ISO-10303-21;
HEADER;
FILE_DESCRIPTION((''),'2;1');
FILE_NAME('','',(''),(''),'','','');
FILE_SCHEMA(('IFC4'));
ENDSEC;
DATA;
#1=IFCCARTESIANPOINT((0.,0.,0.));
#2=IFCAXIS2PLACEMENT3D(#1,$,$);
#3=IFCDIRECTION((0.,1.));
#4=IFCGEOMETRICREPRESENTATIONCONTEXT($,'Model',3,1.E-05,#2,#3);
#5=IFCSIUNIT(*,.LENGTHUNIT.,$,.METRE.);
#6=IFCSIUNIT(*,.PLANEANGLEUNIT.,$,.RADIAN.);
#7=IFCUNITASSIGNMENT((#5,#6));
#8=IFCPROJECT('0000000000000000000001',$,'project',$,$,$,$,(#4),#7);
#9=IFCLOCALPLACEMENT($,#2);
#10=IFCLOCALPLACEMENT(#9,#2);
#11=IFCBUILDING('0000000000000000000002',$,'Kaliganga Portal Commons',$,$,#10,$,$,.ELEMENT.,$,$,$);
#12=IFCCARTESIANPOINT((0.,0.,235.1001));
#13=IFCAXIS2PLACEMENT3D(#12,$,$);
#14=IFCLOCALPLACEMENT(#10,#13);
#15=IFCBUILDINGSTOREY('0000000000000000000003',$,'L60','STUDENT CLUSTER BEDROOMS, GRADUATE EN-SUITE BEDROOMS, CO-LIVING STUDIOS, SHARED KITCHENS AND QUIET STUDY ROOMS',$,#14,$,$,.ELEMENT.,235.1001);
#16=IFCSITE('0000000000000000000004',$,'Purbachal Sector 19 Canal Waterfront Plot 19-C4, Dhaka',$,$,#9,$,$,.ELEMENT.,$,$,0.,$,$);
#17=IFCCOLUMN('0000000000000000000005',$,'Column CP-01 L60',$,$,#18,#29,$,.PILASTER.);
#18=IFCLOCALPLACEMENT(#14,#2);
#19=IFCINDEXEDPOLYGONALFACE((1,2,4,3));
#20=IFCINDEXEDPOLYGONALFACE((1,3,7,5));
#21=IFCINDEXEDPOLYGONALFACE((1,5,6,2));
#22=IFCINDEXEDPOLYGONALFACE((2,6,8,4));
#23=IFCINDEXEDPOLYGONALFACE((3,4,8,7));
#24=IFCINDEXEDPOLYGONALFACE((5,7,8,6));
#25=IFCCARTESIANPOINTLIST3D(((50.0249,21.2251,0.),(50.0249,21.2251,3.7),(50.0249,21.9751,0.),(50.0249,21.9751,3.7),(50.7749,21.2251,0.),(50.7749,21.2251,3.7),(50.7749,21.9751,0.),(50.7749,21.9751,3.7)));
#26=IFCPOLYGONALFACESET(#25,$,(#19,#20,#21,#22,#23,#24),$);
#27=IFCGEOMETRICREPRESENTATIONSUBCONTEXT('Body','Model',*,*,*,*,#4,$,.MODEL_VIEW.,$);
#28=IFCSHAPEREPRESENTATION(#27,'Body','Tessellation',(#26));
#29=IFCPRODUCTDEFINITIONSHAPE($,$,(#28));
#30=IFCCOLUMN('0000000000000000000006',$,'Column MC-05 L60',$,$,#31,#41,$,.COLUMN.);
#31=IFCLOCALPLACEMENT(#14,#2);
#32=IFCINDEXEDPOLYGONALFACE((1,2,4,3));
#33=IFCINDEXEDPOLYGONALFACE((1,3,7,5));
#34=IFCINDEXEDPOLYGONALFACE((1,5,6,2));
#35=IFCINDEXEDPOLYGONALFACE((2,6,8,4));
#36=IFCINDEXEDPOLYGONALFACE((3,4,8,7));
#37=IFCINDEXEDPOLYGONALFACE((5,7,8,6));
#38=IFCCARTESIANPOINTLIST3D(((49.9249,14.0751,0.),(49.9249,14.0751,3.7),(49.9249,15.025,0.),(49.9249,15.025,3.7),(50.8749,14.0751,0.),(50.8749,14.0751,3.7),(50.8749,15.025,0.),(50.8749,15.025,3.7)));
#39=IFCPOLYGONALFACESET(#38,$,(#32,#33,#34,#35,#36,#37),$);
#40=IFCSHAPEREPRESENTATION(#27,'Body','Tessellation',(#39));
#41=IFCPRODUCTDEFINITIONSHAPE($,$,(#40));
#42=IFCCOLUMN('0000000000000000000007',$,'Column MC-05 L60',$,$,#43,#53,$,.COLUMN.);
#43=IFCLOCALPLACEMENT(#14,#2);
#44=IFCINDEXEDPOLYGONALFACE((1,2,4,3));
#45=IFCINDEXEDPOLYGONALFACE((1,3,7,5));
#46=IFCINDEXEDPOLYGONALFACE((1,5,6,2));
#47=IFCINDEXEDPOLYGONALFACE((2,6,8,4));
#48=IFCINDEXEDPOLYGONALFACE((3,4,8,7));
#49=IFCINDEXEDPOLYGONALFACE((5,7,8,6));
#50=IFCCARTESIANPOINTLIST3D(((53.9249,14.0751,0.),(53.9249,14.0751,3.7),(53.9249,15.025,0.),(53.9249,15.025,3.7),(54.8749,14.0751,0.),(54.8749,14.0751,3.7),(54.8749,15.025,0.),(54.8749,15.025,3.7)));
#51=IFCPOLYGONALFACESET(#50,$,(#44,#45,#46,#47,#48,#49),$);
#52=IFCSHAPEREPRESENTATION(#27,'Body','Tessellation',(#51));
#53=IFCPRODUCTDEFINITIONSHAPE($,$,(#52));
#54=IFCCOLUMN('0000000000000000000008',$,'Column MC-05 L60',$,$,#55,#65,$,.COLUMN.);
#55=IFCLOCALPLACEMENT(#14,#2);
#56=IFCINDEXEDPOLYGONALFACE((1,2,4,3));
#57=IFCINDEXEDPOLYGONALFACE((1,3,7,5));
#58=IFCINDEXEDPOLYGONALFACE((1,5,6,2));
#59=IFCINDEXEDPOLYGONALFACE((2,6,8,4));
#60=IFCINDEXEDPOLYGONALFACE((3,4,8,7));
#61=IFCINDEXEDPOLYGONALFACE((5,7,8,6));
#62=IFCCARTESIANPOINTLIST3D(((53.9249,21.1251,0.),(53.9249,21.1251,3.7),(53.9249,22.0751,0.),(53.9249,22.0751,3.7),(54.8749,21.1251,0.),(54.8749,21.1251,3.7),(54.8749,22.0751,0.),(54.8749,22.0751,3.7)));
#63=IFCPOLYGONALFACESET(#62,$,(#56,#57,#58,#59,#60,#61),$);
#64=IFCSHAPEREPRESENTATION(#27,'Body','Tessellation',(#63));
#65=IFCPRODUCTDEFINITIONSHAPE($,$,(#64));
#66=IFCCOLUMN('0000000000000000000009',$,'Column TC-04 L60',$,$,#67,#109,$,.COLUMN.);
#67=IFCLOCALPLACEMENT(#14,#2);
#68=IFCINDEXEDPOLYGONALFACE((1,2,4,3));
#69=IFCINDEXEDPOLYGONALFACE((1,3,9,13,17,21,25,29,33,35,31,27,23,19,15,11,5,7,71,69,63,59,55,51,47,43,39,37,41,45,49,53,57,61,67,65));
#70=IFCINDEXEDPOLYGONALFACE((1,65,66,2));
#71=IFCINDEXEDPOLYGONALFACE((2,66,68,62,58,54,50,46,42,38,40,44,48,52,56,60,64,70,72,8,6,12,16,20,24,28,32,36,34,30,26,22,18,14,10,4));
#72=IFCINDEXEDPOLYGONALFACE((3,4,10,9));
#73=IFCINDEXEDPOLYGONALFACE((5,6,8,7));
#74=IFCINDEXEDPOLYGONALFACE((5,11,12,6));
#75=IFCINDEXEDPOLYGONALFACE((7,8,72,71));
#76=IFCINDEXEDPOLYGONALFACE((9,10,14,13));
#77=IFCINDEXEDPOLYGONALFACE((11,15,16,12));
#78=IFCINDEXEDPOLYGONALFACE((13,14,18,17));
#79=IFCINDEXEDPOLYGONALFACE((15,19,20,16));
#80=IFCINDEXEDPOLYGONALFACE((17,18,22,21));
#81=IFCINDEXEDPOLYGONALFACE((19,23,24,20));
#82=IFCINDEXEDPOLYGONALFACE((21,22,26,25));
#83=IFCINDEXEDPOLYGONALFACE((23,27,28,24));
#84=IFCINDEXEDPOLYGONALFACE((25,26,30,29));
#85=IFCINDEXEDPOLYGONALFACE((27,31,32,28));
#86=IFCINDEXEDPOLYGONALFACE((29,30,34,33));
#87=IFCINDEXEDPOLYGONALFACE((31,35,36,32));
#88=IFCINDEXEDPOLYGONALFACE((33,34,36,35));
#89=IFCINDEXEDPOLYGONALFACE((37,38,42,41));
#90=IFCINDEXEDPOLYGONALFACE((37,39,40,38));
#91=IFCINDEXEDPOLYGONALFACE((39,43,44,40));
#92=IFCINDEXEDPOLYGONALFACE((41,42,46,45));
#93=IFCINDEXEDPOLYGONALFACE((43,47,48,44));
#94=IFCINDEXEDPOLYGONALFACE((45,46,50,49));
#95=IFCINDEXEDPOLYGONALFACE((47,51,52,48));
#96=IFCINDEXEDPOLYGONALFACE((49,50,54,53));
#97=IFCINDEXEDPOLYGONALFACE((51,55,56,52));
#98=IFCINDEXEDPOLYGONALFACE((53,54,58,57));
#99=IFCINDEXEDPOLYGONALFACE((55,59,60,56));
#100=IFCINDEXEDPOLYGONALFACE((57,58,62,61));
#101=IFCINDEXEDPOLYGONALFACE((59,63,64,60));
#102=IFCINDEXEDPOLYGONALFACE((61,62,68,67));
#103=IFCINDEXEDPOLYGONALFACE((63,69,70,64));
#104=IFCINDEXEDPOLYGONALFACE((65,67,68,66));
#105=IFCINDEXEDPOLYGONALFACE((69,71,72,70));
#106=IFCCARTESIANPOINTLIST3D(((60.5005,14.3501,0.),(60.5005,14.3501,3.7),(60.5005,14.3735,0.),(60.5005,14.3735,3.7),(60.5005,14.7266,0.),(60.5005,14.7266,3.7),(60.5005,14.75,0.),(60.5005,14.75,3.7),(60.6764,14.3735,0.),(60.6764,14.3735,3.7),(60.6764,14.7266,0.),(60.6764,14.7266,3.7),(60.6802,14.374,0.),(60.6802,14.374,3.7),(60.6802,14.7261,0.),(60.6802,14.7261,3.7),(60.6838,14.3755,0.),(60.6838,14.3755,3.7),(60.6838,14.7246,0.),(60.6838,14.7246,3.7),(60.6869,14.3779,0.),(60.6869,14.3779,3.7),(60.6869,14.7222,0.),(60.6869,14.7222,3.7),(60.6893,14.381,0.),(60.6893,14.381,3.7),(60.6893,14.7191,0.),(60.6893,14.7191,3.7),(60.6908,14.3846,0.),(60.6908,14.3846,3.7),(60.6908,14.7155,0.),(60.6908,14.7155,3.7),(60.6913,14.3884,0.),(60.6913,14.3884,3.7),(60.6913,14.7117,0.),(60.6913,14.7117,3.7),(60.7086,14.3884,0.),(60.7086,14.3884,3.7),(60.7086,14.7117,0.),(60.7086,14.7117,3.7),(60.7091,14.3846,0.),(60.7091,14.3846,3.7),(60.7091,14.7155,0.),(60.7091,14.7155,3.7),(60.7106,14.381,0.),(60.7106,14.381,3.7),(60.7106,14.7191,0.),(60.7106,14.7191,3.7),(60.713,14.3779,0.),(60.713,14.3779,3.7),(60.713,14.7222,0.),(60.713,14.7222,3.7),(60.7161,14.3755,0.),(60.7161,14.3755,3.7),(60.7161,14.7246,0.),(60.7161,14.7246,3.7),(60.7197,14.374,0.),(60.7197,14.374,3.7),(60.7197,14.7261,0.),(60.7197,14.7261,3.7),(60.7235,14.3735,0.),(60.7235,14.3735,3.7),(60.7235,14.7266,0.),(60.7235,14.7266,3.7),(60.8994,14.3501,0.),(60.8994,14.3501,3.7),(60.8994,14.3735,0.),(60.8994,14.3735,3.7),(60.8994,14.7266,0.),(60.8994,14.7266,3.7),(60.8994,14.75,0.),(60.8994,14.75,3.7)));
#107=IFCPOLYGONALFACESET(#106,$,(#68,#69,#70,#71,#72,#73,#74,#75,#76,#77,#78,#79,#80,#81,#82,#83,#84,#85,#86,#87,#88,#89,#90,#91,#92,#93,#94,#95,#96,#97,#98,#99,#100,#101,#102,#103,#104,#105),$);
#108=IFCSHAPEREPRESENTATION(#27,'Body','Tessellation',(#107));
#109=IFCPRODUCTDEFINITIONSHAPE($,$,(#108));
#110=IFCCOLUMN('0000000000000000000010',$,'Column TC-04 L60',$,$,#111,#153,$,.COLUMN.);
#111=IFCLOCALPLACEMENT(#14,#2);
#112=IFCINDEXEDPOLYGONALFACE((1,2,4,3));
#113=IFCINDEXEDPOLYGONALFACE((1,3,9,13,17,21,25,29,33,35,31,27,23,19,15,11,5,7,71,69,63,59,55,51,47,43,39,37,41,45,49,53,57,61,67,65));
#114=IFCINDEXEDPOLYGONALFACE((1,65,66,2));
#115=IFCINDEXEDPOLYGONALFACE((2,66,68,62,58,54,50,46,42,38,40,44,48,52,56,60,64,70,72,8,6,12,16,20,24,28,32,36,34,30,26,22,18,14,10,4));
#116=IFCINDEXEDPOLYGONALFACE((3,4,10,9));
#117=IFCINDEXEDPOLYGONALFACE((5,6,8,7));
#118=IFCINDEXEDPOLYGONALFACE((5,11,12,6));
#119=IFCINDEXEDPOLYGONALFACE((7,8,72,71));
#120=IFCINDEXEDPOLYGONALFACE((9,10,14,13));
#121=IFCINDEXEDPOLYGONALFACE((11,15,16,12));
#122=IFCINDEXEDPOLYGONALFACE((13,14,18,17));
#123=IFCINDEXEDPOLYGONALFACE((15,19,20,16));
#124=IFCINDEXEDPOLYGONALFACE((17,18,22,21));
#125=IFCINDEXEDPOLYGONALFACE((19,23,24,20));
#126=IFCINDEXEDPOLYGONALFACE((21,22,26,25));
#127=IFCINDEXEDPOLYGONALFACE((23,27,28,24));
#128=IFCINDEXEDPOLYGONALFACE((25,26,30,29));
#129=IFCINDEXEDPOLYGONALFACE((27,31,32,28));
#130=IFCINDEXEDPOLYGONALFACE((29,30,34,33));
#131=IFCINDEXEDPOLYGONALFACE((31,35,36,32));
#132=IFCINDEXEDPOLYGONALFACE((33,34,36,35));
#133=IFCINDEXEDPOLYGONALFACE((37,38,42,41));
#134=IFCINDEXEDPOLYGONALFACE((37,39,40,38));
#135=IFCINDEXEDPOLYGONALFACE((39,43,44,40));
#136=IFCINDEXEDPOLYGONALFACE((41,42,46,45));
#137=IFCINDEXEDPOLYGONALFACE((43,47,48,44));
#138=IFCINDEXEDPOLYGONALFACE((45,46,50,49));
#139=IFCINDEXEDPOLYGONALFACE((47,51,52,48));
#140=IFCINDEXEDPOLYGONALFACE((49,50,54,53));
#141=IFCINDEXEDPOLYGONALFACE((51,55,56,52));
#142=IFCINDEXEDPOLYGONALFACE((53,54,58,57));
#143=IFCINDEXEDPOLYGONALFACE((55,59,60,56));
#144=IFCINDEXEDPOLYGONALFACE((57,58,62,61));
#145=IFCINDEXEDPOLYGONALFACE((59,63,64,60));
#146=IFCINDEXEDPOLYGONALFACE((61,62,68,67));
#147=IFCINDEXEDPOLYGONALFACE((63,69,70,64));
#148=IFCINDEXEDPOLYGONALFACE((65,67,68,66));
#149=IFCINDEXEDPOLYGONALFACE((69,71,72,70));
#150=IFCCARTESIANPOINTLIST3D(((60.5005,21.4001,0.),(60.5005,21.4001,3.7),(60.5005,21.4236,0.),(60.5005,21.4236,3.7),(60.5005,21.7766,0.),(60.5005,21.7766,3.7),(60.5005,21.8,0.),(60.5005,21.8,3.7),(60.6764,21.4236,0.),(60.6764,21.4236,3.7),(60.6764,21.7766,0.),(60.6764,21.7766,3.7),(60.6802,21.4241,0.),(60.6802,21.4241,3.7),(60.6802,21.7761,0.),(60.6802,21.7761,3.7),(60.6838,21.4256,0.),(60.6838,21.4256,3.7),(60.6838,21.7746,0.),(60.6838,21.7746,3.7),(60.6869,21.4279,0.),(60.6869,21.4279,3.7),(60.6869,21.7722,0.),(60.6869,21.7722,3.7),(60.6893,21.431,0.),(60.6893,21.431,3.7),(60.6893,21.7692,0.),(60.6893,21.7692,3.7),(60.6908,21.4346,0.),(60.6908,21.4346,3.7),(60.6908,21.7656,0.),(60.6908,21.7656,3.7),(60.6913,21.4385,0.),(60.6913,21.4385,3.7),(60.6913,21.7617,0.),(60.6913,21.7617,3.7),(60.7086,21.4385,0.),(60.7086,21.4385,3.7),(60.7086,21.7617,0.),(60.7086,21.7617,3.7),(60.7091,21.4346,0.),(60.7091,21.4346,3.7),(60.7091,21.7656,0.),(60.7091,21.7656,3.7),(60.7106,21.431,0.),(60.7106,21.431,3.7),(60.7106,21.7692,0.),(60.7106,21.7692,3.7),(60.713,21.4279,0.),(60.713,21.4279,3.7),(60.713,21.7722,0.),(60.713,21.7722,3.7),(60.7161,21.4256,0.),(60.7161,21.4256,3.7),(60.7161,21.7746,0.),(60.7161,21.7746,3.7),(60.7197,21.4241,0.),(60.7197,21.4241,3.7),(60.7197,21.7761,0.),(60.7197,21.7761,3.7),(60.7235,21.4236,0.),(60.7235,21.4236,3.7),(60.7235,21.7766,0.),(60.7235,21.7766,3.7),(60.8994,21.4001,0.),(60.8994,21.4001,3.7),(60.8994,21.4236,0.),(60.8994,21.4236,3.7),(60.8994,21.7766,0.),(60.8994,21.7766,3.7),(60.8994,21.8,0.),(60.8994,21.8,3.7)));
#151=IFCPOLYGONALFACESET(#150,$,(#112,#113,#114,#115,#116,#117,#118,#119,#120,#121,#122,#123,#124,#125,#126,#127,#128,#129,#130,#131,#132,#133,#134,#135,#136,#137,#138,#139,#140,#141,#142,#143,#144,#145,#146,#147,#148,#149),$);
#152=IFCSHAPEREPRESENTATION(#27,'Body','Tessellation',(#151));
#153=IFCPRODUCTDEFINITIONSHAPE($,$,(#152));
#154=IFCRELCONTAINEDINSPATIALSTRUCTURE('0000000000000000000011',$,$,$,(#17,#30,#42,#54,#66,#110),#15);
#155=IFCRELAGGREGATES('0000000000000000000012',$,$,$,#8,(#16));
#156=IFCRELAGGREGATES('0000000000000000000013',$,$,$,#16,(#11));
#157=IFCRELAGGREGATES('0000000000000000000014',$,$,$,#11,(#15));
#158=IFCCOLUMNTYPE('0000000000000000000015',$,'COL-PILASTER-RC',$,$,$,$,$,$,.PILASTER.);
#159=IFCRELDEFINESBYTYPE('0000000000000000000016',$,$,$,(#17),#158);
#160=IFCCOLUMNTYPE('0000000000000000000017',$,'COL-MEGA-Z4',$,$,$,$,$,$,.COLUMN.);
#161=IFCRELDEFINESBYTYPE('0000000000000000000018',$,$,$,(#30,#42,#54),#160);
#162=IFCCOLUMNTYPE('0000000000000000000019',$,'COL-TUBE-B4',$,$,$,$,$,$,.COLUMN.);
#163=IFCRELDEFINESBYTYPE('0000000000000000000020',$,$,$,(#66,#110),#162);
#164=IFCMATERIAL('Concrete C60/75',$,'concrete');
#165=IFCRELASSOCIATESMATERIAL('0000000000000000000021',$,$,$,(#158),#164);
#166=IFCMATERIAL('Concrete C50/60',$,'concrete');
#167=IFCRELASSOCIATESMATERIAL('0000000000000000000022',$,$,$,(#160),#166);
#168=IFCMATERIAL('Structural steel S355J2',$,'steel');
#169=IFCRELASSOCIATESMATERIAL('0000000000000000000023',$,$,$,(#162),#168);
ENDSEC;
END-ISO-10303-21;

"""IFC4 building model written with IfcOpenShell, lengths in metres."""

from ifc_helpers import new_model, si_unit, direction, frame, origin, origin_2d, place, context, subcontext, project, spatial, rectangle, i_section, extrude, source, transform, mapped, material, material_profile, profile_set, type_object, element, save


model = new_model("IFC4")

# Units and contexts
model_context = context("Model", 3, precision=1e-05, world=origin(), true_north=direction((0.0, 1.0)))
body_context = subcontext(model_context, "Body", "Model", "MODEL_VIEW")
ifc_project = project(units=[si_unit("LENGTHUNIT", "METRE"), si_unit("PLANEANGLEUNIT", "RADIAN")], contexts=[model_context])

# Site, building, storey
site_placement = place(None, origin())
site = spatial("IfcSite", under=ifc_project, at=site_placement, Name="Purbachal Sector 19 Canal Waterfront Plot 19-C4, Dhaka", CompositionType="ELEMENT", RefElevation=0.0)
building_placement = place(site_placement, origin())
building = spatial("IfcBuilding", under=site, at=building_placement, Name="Kaliganga Portal Commons", CompositionType="ELEMENT")
storey_placement = place(building_placement, frame((0.0, 0.0, 235.1001)))
storey = spatial("IfcBuildingStorey", under=building, at=storey_placement, Name="L60", Description="STUDENT CLUSTER BEDROOMS, GRADUATE EN-SUITE BEDROOMS, CO-LIVING STUDIOS, SHARED KITCHENS AND QUIET STUDY ROOMS", CompositionType="ELEMENT", Elevation=235.1001)

# Columns
ifc_material_1 = material(Name="Concrete C60/75", Category="concrete")
ifc_material_profile_1 = material_profile(ifc_material_1, rectangle(XDim=0.75, YDim=0.75, at=origin_2d()), Name="RC 750x750")
ifc_profile_set_1 = profile_set([ifc_material_profile_1], Name="Concrete C60/75")
column_type_1 = type_object("IfcColumnType", Name="COL-PILASTER-RC", PredefinedType="PILASTER", material=ifc_profile_set_1)
shared_shape_1 = source(origin(), body_context, "Body", "SweptSolid", [
    extrude(rectangle(XDim=0.75, YDim=0.75, at=origin_2d()), origin(), (0.0, 0.0, 1.0), 3.7),
])
column_placement = place(storey_placement, frame((50.3999, 21.6001, 0.0), z_axis=(0.0, 0.0, 1.0), x_axis=(1.0, 0.0, 0.0)))
element("IfcColumn", 1, at=column_placement, inside=storey, type_object=column_type_1, Name="Column CP-01 L60", PredefinedType="PILASTER", context=body_context, shape_type="MappedRepresentation", body=[
    mapped(shared_shape_1, transform((0.0, 0.0, 0.0), x_axis=(1.0, 0.0, 0.0), y_axis=(0.0, 1.0, 0.0), z_axis=(0.0, 0.0, 1.0), scale=1.0)),
])
ifc_material_2 = material(Name="Concrete C50/60", Category="concrete")
ifc_material_profile_2 = material_profile(ifc_material_2, rectangle(XDim=0.95, YDim=0.95, at=origin_2d()), Name="RC 950x950")
ifc_profile_set_2 = profile_set([ifc_material_profile_2], Name="Concrete C50/60")
column_type_2 = type_object("IfcColumnType", Name="COL-MEGA-Z4", PredefinedType="COLUMN", material=ifc_profile_set_2)
shared_shape_2 = source(origin(), body_context, "Body", "SweptSolid", [
    extrude(rectangle(XDim=0.95, YDim=0.95, at=origin_2d()), origin(), (0.0, 0.0, 1.0), 3.7),
])
for number, where, z_axis, x_axis, name in (
    (2, (50.3999, 14.55, 0.0), (0.0, 0.0, 1.0), (1.0, 0.0, 0.0), "Column MC-05 L60"),
    (3, (54.3999, 14.55, 0.0), (0.0, 0.0, 1.0), (1.0, 0.0, 0.0), "Column MC-05 L60"),
    (4, (54.3999, 21.6001, 0.0), (0.0, 0.0, 1.0), (1.0, 0.0, 0.0), "Column MC-05 L60"),
):
    element("IfcColumn", number, at=place(storey_placement, frame(where, z_axis=z_axis, x_axis=x_axis)), inside=storey, type_object=column_type_2, Name=name, PredefinedType="COLUMN", context=body_context, shape_type="MappedRepresentation", body=[
        mapped(shared_shape_2, transform((0.0, 0.0, 0.0), x_axis=(1.0, 0.0, 0.0), y_axis=(0.0, 1.0, 0.0), z_axis=(0.0, 0.0, 1.0), scale=1.0)),
    ])
ifc_material_3 = material(Name="Structural steel S355J2", Category="steel")
ifc_material_profile_3 = material_profile(ifc_material_3, i_section(OverallWidth=0.3989, OverallDepth=0.3999, WebThickness=0.0173, FlangeThickness=0.0234, FilletRadius=0.0149, at=origin_2d()), Name="HD 400x287")
ifc_profile_set_3 = profile_set([ifc_material_profile_3], Name="Structural steel S355J2 wide-flange")
column_type_3 = type_object("IfcColumnType", Name="COL-TUBE-B4", PredefinedType="COLUMN", material=ifc_profile_set_3)
shared_shape_3 = source(origin(), body_context, "Body", "SweptSolid", [
    extrude(i_section(OverallWidth=0.3989, OverallDepth=0.3999, WebThickness=0.0173, FlangeThickness=0.0234, FilletRadius=0.0149, at=origin_2d()), origin(), (0.0, 0.0, 1.0), 3.7),
])
for number, where, z_axis, x_axis, name in (
    (5, (60.7, 14.55, 0.0), (0.0, 0.0, 1.0), (1.0, 0.0, 0.0), "Column TC-04 L60"),
    (6, (60.7, 21.6001, 0.0), (0.0, 0.0, 1.0), (1.0, 0.0, 0.0), "Column TC-04 L60"),
):
    element("IfcColumn", number, at=place(storey_placement, frame(where, z_axis=z_axis, x_axis=x_axis)), inside=storey, type_object=column_type_3, Name=name, PredefinedType="COLUMN", context=body_context, shape_type="MappedRepresentation", body=[
        mapped(shared_shape_3, transform((0.0, 0.0, 0.0), x_axis=(1.0, 0.0, 0.0), y_axis=(0.0, 1.0, 0.0), z_axis=(0.0, 0.0, 1.0), scale=1.0)),
    ])

save(model, "model.ifc")
